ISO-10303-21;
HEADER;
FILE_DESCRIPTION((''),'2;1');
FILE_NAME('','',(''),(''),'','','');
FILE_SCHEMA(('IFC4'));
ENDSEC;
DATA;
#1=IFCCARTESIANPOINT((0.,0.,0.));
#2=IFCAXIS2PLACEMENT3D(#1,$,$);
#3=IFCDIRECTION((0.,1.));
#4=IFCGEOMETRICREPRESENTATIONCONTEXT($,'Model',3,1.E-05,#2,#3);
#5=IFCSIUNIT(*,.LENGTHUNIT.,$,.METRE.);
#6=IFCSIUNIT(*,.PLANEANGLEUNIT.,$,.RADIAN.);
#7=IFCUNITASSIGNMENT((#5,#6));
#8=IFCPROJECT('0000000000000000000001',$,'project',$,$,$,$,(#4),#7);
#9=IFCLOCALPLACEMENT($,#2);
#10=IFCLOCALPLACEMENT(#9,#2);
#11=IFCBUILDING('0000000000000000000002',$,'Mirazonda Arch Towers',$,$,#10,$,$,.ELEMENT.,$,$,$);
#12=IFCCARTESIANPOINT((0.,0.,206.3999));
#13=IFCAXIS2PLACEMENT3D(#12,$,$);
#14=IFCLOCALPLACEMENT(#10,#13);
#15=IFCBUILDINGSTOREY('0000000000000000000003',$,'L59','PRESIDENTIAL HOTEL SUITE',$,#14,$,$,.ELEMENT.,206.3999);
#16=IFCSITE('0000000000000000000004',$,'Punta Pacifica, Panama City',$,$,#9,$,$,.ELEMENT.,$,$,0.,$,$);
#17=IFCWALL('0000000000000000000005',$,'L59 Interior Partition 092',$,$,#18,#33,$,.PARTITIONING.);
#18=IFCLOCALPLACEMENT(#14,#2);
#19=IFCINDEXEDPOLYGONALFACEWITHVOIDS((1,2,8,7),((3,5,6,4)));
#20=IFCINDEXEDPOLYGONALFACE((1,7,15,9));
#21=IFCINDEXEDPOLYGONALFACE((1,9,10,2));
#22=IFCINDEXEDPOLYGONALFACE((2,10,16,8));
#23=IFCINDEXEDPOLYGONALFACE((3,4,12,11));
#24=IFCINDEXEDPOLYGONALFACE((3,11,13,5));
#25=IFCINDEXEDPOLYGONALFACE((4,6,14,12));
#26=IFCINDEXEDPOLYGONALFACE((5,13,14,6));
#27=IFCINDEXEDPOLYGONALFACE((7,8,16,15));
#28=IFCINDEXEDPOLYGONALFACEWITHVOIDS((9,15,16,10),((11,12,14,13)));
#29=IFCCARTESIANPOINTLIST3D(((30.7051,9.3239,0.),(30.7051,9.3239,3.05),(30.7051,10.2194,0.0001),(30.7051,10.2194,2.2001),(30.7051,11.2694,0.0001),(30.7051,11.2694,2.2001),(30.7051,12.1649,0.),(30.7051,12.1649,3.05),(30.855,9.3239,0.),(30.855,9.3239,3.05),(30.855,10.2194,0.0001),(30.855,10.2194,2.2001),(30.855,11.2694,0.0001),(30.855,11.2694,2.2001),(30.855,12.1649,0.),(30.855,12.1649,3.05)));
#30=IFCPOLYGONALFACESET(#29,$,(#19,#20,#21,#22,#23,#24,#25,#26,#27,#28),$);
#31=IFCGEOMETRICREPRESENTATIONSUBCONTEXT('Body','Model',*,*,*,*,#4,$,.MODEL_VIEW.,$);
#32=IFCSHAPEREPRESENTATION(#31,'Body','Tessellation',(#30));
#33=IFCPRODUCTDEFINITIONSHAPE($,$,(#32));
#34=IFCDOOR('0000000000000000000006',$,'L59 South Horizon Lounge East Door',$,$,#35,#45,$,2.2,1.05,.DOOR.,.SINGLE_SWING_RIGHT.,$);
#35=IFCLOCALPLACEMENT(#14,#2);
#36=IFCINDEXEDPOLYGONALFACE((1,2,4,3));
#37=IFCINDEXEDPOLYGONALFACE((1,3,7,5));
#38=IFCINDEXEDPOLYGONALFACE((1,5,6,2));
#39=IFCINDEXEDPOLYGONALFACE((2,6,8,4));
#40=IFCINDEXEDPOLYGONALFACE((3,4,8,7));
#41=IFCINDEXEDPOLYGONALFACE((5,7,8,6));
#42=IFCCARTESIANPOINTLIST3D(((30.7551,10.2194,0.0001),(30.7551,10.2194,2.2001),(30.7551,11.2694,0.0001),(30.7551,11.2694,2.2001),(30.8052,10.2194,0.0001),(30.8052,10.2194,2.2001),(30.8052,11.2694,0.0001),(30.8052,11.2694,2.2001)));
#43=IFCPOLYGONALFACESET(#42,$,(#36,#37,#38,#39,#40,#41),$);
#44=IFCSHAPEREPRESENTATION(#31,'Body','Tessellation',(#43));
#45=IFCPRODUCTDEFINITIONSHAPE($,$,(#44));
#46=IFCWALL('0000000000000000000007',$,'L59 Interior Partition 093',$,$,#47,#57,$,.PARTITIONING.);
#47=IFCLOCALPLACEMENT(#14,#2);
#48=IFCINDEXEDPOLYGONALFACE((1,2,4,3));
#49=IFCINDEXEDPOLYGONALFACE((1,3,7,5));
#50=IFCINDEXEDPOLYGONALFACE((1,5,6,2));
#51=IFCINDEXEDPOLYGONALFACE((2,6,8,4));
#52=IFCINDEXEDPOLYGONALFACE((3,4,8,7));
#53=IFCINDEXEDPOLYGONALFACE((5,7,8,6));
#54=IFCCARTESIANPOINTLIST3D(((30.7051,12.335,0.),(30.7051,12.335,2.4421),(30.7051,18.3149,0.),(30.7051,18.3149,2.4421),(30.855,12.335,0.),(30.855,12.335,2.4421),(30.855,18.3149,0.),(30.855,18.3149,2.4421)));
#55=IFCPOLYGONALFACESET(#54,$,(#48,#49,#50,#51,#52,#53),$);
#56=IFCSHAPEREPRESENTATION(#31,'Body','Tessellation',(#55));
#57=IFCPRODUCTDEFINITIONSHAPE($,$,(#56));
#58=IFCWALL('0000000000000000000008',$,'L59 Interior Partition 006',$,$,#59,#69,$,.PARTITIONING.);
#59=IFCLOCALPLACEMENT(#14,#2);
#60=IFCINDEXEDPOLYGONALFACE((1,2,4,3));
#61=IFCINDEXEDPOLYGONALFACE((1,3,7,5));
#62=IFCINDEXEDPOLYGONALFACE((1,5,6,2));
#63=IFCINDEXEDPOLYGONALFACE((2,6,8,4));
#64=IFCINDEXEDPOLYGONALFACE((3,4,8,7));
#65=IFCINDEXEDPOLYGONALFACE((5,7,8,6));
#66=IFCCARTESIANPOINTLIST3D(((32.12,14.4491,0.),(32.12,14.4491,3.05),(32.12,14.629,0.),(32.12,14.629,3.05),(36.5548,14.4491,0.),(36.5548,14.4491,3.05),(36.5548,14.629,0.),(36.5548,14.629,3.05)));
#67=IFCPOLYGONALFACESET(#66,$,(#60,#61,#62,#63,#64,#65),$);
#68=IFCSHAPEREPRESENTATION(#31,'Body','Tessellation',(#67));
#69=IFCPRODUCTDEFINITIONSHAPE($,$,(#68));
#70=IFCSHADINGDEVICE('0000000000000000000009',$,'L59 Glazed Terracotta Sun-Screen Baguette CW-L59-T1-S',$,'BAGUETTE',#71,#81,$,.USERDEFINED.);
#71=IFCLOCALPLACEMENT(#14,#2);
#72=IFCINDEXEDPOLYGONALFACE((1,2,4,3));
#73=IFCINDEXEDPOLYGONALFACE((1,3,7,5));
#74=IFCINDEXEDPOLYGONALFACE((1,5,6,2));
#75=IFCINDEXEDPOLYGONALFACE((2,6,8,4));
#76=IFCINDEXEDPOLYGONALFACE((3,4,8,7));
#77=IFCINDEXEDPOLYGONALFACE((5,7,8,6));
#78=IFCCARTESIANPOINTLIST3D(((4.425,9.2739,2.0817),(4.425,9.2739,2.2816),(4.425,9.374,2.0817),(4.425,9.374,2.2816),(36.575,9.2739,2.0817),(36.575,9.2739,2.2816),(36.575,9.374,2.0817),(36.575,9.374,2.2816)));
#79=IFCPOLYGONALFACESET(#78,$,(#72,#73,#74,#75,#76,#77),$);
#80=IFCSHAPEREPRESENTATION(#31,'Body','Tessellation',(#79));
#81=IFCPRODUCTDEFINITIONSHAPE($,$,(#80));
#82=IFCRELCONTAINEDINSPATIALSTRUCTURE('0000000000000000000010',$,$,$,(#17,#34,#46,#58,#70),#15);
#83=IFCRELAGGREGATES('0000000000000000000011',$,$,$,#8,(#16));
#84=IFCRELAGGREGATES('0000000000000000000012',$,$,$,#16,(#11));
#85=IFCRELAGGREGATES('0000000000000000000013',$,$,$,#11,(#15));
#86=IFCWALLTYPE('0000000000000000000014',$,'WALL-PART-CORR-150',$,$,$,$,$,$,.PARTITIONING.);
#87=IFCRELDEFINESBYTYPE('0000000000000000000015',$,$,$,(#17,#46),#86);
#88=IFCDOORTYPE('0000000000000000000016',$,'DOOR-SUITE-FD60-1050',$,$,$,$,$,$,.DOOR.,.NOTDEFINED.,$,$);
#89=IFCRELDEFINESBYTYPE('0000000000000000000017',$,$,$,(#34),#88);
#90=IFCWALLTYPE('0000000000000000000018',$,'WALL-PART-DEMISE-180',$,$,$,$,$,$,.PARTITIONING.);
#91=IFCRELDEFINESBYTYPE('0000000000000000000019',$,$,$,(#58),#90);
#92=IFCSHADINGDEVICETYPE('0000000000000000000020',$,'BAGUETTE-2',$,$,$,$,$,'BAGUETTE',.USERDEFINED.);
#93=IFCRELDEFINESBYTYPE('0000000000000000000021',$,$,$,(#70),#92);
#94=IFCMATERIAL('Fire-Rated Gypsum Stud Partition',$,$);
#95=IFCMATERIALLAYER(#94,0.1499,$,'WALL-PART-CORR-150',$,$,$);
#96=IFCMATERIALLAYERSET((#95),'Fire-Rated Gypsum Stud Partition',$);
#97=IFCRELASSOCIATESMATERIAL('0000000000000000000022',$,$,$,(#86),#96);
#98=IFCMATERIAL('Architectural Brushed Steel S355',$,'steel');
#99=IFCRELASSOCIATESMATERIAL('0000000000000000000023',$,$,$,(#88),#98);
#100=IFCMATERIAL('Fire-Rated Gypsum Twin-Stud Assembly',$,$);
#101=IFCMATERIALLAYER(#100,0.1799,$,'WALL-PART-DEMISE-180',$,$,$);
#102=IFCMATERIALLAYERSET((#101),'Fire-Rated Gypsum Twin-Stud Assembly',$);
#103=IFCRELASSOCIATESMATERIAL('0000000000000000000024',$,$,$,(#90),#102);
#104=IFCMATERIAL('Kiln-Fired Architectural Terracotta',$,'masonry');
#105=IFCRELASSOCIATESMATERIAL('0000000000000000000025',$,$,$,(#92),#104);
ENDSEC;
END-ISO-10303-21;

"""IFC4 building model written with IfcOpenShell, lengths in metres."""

from ifc_helpers import new_model, si_unit, direction, frame, frame_2d, origin, origin_2d, place, context, subcontext, project, spatial, rectangle, extrude, material, layer, layer_set, material_profile, profile_set, type_object, element, fill, save


model = new_model("IFC4")

# Units and contexts
model_context = context("Model", 3, precision=1e-05, world=origin(), true_north=direction((0.0, 1.0)))
body_context = subcontext(model_context, "Body", "Model", "MODEL_VIEW")
ifc_project = project(units=[si_unit("LENGTHUNIT", "METRE"), si_unit("PLANEANGLEUNIT", "RADIAN")], contexts=[model_context])

# Site, building, storey
site_placement = place(None, origin())
site = spatial("IfcSite", under=ifc_project, at=site_placement, Name="Punta Pacifica, Panama City", CompositionType="ELEMENT", RefElevation=0.0)
building_placement = place(site_placement, origin())
building = spatial("IfcBuilding", under=site, at=building_placement, Name="Mirazonda Arch Towers", CompositionType="ELEMENT")
storey_placement = place(building_placement, frame((0.0, 0.0, 206.3999)))
storey = spatial("IfcBuildingStorey", under=building, at=storey_placement, Name="L59", Description="PRESIDENTIAL HOTEL SUITE", CompositionType="ELEMENT", Elevation=206.3999)

# Shared definitions
ifc_material_1 = material(Name="Fire-Rated Gypsum Stud Partition")
ifc_layer_1 = layer(ifc_material_1, 0.1499, Name="WALL-PART-CORR-150")
ifc_layer_set_1 = layer_set([ifc_layer_1], Name="Fire-Rated Gypsum Stud Partition")
wall_type_1 = type_object("IfcWallType", Name="WALL-PART-CORR-150", PredefinedType="PARTITIONING", material=ifc_layer_set_1)

# Wall, opening, door
wall_1_placement = place(storey_placement, frame((30.78, 9.324, 0.0), z_axis=(0.0, 0.0, 1.0), x_axis=(0.0, 1.0, 0.0)))
wall_1 = element("IfcWall", 1, at=wall_1_placement, inside=storey, type_object=wall_type_1, Name="L59 Interior Partition 092", PredefinedType="PARTITIONING", context=body_context, shape_type="SweptSolid", body=[
    extrude(rectangle(XDim=2.8411, YDim=0.1499, at=frame_2d((1.4204, 0.0))), origin(), (0.0, 0.0, 1.0), 3.05),
])
opening_1_placement = place(wall_1_placement, frame((0.8955, 0.0, 0.0)))
opening_1 = element("IfcOpeningElement", 2, at=opening_1_placement, cuts=wall_1, PredefinedType="OPENING", context=body_context, shape_type="SweptSolid", body=[
    extrude(rectangle(XDim=1.05, YDim=2.2, at=frame_2d((0.5249, 1.1001))), frame((0.0, 0.085, 0.0), z_axis=(0.0, -1.0, 0.0), x_axis=(1.0, 0.0, 0.0)), (0.0, 0.0, 1.0), 0.1699),
])
ifc_material_2 = material(Name="Architectural Brushed Steel S355", Category="steel")
door_type_1 = type_object("IfcDoorType", Name="DOOR-SUITE-FD60-1050", OperationType="NOTDEFINED", PredefinedType="DOOR", material=ifc_material_2)
door_1_placement = place(opening_1_placement, origin())
door_1 = element("IfcDoor", 3, at=door_1_placement, inside=storey, type_object=door_type_1, Name="L59 South Horizon Lounge East Door", OperationType="SINGLE_SWING_RIGHT", OverallHeight=2.2, OverallWidth=1.05, PredefinedType="DOOR", context=body_context, shape_type="SweptSolid", body=[
    extrude(rectangle(XDim=1.05, YDim=2.2, at=frame_2d((0.5249, 1.1001))), frame((0.0, 0.0249, 0.0), z_axis=(0.0, -1.0, 0.0), x_axis=(1.0, 0.0, 0.0)), (0.0, 0.0, 1.0), 0.05),
])
fill(opening_1, door_1)

# Walls
wall_2_placement = place(storey_placement, frame((30.78, 12.335, 0.0), z_axis=(0.0, 0.0, 1.0), x_axis=(0.0, 1.0, 0.0)))
element("IfcWall", 4, at=wall_2_placement, inside=storey, type_object=wall_type_1, Name="L59 Interior Partition 093", PredefinedType="PARTITIONING", context=body_context, shape_type="SweptSolid", body=[
    extrude(rectangle(XDim=5.98, YDim=0.1499, at=frame_2d((2.99, 0.0))), origin(), (0.0, 0.0, 1.0), 2.4421),
])
ifc_material_3 = material(Name="Fire-Rated Gypsum Twin-Stud Assembly")
ifc_layer_2 = layer(ifc_material_3, 0.1799, Name="WALL-PART-DEMISE-180")
ifc_layer_set_2 = layer_set([ifc_layer_2], Name="Fire-Rated Gypsum Twin-Stud Assembly")
wall_type_2 = type_object("IfcWallType", Name="WALL-PART-DEMISE-180", PredefinedType="PARTITIONING", material=ifc_layer_set_2)
wall_3_placement = place(storey_placement, frame((32.1201, 14.5391, 0.0), z_axis=(0.0, 0.0, 1.0), x_axis=(1.0, 0.0, 0.0)))
element("IfcWall", 5, at=wall_3_placement, inside=storey, type_object=wall_type_2, Name="L59 Interior Partition 006", PredefinedType="PARTITIONING", context=body_context, shape_type="SweptSolid", body=[
    extrude(rectangle(XDim=4.4348, YDim=0.1799, at=frame_2d((2.2173, 0.0))), origin(), (0.0, 0.0, 1.0), 3.05),
])

# Shading device
ifc_material_4 = material(Name="Kiln-Fired Architectural Terracotta", Category="masonry")
ifc_material_profile_1 = material_profile(ifc_material_4, rectangle(XDim=0.1001, YDim=0.2, at=origin_2d()), Name="TERRA-BAG-100x200")
ifc_profile_set_1 = profile_set([ifc_material_profile_1], Name="Kiln-Fired Architectural Terracotta")
shading_device_type = type_object("IfcShadingDeviceType", Name="BAGUETTE-2", ElementType="BAGUETTE", PredefinedType="USERDEFINED", material=ifc_profile_set_1)
shading_device_placement = place(storey_placement, frame((36.575, 9.324, 2.1816), z_axis=(-1.0, 0.0, 0.0), x_axis=(0.0, -1.0, 0.0)))
element("IfcShadingDevice", 6, at=shading_device_placement, inside=storey, type_object=shading_device_type, Name="L59 Glazed Terracotta Sun-Screen Baguette CW-L59-T1-S", ObjectType="BAGUETTE", PredefinedType="USERDEFINED", context=body_context, shape_type="SweptSolid", body=[
    extrude(rectangle(XDim=0.1001, YDim=0.2, at=origin_2d()), origin(), (0.0, 0.0, 1.0), 32.1499),
])

save(model, "model.ifc")
